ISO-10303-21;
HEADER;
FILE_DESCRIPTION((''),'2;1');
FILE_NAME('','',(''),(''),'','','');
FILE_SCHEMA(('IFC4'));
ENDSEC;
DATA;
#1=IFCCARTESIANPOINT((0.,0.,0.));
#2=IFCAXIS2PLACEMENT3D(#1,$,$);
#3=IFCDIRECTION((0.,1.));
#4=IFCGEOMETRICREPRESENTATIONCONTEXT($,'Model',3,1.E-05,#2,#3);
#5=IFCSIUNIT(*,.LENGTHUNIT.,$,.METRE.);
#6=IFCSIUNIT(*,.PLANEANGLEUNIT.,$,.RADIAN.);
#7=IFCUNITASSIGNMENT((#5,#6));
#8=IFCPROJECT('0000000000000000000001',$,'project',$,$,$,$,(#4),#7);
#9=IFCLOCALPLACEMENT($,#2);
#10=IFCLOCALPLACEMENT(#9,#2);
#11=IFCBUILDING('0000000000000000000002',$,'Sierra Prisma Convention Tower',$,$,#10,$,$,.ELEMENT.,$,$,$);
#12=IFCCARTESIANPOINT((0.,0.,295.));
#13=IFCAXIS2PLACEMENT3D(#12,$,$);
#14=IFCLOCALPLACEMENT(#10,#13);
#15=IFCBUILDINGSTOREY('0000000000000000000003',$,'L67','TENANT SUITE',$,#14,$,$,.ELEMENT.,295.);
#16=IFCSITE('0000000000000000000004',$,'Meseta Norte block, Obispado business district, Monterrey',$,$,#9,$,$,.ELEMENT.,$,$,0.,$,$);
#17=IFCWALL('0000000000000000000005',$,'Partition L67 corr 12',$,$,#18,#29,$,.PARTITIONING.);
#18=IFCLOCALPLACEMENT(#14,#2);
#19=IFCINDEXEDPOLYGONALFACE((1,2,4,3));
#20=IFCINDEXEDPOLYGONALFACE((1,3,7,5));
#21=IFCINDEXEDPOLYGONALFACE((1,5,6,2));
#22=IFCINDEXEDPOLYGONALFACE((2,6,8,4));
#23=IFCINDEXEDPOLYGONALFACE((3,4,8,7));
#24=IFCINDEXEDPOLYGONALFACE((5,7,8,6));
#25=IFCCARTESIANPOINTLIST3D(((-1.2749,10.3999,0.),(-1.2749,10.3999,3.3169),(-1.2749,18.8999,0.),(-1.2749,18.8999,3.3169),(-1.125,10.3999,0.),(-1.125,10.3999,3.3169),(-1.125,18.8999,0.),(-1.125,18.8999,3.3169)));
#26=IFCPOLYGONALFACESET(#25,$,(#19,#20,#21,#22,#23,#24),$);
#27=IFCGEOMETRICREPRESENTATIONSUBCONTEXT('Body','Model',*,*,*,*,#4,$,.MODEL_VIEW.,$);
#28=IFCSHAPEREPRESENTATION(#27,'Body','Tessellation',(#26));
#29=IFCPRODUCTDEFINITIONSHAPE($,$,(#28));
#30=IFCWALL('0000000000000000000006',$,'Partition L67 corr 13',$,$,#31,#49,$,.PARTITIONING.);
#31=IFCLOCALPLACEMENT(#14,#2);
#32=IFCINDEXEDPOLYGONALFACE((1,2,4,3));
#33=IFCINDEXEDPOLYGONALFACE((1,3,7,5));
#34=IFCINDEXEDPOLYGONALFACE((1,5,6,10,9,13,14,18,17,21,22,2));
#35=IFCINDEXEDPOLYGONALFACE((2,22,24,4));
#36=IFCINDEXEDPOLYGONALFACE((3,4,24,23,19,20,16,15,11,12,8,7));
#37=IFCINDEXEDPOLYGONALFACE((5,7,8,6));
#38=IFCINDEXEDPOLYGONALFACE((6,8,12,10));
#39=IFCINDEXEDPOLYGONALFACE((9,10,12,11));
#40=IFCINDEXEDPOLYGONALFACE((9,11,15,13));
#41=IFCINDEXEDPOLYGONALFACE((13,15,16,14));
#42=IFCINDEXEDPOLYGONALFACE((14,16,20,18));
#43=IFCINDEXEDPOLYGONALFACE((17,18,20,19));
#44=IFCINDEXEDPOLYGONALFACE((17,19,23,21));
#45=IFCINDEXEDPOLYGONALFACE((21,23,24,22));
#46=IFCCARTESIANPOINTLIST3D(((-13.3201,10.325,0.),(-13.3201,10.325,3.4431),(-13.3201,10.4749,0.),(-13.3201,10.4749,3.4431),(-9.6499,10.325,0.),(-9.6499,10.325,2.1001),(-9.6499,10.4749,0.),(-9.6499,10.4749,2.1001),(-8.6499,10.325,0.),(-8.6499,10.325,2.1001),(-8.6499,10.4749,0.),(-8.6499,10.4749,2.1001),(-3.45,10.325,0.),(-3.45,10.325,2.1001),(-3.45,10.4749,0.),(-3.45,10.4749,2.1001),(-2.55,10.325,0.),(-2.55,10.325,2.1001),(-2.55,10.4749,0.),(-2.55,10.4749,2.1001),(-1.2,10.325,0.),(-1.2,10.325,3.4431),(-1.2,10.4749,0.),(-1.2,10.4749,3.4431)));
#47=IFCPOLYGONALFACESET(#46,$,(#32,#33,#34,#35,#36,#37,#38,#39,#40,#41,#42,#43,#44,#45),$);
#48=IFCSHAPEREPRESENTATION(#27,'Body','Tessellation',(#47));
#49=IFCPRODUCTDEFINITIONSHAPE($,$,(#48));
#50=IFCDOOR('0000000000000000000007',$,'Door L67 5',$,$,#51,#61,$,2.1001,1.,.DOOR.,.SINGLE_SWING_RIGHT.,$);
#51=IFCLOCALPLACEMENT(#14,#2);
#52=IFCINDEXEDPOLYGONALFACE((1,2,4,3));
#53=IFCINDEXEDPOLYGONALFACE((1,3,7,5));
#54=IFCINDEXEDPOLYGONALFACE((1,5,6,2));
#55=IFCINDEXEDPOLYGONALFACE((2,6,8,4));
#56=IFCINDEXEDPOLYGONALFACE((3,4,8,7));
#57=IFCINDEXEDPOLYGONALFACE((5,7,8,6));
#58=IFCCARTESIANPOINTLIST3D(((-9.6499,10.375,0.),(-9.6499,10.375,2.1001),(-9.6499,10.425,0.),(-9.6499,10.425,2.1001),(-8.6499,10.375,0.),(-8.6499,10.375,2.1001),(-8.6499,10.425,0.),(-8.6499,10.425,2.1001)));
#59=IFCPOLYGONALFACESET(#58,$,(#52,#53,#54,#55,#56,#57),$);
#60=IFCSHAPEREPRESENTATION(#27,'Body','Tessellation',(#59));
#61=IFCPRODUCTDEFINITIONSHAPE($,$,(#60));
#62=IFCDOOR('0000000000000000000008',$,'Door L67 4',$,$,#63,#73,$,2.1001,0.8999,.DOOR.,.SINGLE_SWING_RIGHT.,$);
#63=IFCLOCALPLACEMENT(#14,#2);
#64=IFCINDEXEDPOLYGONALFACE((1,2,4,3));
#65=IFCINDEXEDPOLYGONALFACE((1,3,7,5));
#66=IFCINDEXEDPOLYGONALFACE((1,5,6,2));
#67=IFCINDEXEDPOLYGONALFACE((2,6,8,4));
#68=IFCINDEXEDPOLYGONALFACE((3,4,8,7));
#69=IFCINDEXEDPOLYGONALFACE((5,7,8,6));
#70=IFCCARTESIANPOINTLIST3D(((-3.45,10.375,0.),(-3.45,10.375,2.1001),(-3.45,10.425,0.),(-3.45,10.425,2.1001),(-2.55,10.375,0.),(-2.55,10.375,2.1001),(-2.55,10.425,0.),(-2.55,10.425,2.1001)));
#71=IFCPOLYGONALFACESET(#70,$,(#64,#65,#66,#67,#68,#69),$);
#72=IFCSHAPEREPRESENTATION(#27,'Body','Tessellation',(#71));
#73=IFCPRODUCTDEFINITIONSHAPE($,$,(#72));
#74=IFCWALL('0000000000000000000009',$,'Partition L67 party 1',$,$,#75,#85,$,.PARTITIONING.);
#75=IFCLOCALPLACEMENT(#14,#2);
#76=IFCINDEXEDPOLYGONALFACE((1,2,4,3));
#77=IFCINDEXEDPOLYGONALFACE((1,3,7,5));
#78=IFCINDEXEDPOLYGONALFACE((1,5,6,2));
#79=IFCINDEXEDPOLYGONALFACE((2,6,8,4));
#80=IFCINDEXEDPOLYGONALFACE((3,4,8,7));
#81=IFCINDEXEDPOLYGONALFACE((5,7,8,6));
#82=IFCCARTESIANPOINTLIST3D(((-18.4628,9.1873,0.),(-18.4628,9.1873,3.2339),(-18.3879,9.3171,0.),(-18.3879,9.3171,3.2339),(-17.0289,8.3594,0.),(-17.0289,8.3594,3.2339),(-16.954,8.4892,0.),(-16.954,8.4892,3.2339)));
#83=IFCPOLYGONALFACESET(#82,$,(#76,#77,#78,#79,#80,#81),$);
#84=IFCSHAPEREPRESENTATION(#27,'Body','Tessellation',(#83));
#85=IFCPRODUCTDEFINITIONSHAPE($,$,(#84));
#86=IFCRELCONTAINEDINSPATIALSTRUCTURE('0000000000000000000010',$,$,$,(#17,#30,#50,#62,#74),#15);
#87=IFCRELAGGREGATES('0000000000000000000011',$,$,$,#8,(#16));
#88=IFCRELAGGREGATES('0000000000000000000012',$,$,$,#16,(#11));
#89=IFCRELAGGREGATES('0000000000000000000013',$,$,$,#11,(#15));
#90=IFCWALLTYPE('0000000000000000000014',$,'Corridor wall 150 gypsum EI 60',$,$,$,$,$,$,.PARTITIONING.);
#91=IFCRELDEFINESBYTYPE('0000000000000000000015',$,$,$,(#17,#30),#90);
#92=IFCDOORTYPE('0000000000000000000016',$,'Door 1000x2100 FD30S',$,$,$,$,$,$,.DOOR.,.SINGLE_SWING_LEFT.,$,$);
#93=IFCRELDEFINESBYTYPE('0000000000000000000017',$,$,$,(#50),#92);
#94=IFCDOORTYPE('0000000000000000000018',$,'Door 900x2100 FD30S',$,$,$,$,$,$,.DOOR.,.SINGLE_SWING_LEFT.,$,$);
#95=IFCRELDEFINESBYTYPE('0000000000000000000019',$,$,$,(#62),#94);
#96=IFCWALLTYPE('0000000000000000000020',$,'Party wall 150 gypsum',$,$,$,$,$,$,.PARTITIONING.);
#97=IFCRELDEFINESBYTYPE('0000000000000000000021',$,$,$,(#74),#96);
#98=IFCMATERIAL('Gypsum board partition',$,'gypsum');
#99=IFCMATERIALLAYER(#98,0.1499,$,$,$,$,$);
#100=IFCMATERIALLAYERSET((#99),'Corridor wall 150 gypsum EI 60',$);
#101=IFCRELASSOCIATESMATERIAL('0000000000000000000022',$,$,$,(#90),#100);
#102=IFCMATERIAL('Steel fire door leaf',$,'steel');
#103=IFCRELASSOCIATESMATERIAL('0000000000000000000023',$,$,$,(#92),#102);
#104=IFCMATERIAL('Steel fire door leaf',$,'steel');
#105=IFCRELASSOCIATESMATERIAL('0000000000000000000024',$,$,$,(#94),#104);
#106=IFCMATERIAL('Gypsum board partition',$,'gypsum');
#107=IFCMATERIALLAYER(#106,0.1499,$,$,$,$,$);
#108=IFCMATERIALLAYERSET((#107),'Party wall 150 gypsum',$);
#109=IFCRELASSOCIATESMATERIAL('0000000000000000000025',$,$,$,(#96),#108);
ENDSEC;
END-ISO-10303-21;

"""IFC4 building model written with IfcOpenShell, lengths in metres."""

from ifc_helpers import new_model, si_unit, direction, frame, frame_2d, origin, place, context, subcontext, project, spatial, rectangle, extrude, material, layer, layer_set, type_object, element, fill, save


model = new_model("IFC4")

# Units and contexts
model_context = context("Model", 3, precision=1e-05, world=origin(), true_north=direction((0.0, 1.0)))
body_context = subcontext(model_context, "Body", "Model", "MODEL_VIEW")
ifc_project = project(units=[si_unit("LENGTHUNIT", "METRE"), si_unit("PLANEANGLEUNIT", "RADIAN")], contexts=[model_context])

# Site, building, storey
site_placement = place(None, origin())
site = spatial("IfcSite", under=ifc_project, at=site_placement, Name="Meseta Norte block, Obispado business district, Monterrey", CompositionType="ELEMENT", RefElevation=0.0)
building_placement = place(site_placement, origin())
building = spatial("IfcBuilding", under=site, at=building_placement, Name="Sierra Prisma Convention Tower", CompositionType="ELEMENT")
storey_placement = place(building_placement, frame((0.0, 0.0, 295.0)))
storey = spatial("IfcBuildingStorey", under=building, at=storey_placement, Name="L67", Description="TENANT SUITE", CompositionType="ELEMENT", Elevation=295.0)

# Wall
ifc_material_1 = material(Name="Gypsum board partition", Category="gypsum")
ifc_layer_1 = layer(ifc_material_1, 0.1499)
ifc_layer_set_1 = layer_set([ifc_layer_1], Name="Corridor wall 150 gypsum EI 60")
wall_type_1 = type_object("IfcWallType", Name="Corridor wall 150 gypsum EI 60", PredefinedType="PARTITIONING", material=ifc_layer_set_1)
wall_1_placement = place(storey_placement, frame((-1.2, 18.8999, 0.0), z_axis=(0.0, 0.0, 1.0), x_axis=(0.0, -1.0, 0.0)))
element("IfcWall", 1, at=wall_1_placement, inside=storey, type_object=wall_type_1, Name="Partition L67 corr 12", PredefinedType="PARTITIONING", context=body_context, shape_type="SweptSolid", body=[
    extrude(rectangle(XDim=8.5, YDim=0.1499, at=frame_2d((4.25, 0.0))), origin(), (0.0, 0.0, 1.0), 3.3169),
])

# Wall, openings, doors
wall_2_placement = place(storey_placement, frame((-1.2, 10.3999, 0.0), z_axis=(0.0, 0.0, 1.0), x_axis=(-1.0, 0.0, 0.0)))
wall_2 = element("IfcWall", 2, at=wall_2_placement, inside=storey, type_object=wall_type_1, Name="Partition L67 corr 13", PredefinedType="PARTITIONING", context=body_context, shape_type="SweptSolid", body=[
    extrude(rectangle(XDim=12.1201, YDim=0.1499, at=frame_2d((6.0601, 0.0))), origin(), (0.0, 0.0, 1.0), 3.4431),
])
opening_1_placement = place(wall_2_placement, frame((1.3501, 0.0, 0.0)))
opening_1 = element("IfcOpeningElement", 3, at=opening_1_placement, cuts=wall_2, PredefinedType="OPENING", context=body_context, shape_type="SweptSolid", body=[
    extrude(rectangle(XDim=0.8999, YDim=2.1001, at=frame_2d((0.45, 1.05))), frame((0.0, 0.075, 0.0), z_axis=(0.0, -1.0, 0.0), x_axis=(1.0, 0.0, 0.0)), (0.0, 0.0, 1.0), 0.1499),
])
opening_2_placement = place(wall_2_placement, frame((7.45, 0.0, 0.0)))
opening_2 = element("IfcOpeningElement", 4, at=opening_2_placement, cuts=wall_2, PredefinedType="OPENING", context=body_context, shape_type="SweptSolid", body=[
    extrude(rectangle(XDim=1.0, YDim=2.1001, at=frame_2d((0.5, 1.05))), frame((0.0, 0.075, 0.0), z_axis=(0.0, -1.0, 0.0), x_axis=(1.0, 0.0, 0.0)), (0.0, 0.0, 1.0), 0.1499),
])
ifc_material_2 = material(Name="Steel fire door leaf", Category="steel")
door_type_1 = type_object("IfcDoorType", Name="Door 1000x2100 FD30S", OperationType="SINGLE_SWING_LEFT", PredefinedType="DOOR", material=ifc_material_2)
door_1_placement = place(opening_2_placement, origin())
door_1 = element("IfcDoor", 5, at=door_1_placement, inside=storey, type_object=door_type_1, Name="Door L67 5", OperationType="SINGLE_SWING_RIGHT", OverallHeight=2.1001, OverallWidth=1.0, PredefinedType="DOOR", context=body_context, shape_type="SweptSolid", body=[
    extrude(rectangle(XDim=1.0, YDim=2.1001, at=frame_2d((0.5, 1.05))), frame((0.0, 0.0249, 0.0), z_axis=(0.0, -1.0, 0.0), x_axis=(1.0, 0.0, 0.0)), (0.0, 0.0, 1.0), 0.05),
])
fill(opening_2, door_1)
ifc_material_3 = material(Name="Steel fire door leaf", Category="steel")
door_type_2 = type_object("IfcDoorType", Name="Door 900x2100 FD30S", OperationType="SINGLE_SWING_LEFT", PredefinedType="DOOR", material=ifc_material_3)
door_2_placement = place(opening_1_placement, origin())
door_2 = element("IfcDoor", 6, at=door_2_placement, inside=storey, type_object=door_type_2, Name="Door L67 4", OperationType="SINGLE_SWING_RIGHT", OverallHeight=2.1001, OverallWidth=0.8999, PredefinedType="DOOR", context=body_context, shape_type="SweptSolid", body=[
    extrude(rectangle(XDim=0.8999, YDim=2.1001, at=frame_2d((0.45, 1.05))), frame((0.0, 0.0249, 0.0), z_axis=(0.0, -1.0, 0.0), x_axis=(1.0, 0.0, 0.0)), (0.0, 0.0, 1.0), 0.05),
])
fill(opening_1, door_2)

# Wall
ifc_material_4 = material(Name="Gypsum board partition", Category="gypsum")
ifc_layer_2 = layer(ifc_material_4, 0.1499)
ifc_layer_set_2 = layer_set([ifc_layer_2], Name="Party wall 150 gypsum")
wall_type_2 = type_object("IfcWallType", Name="Party wall 150 gypsum", PredefinedType="PARTITIONING", material=ifc_layer_set_2)
wall_3_placement = place(storey_placement, frame((-16.9915, 8.4243, 0.0), z_axis=(0.0, 0.0, 1.0), x_axis=(-0.866011, 0.500025, 0.0)))
element("IfcWall", 7, at=wall_3_placement, inside=storey, type_object=wall_type_2, Name="Partition L67 party 1", PredefinedType="PARTITIONING", context=body_context, shape_type="SweptSolid", body=[
    extrude(rectangle(XDim=1.6558, YDim=0.1499, at=frame_2d((0.8279, 0.0))), origin(), (0.0, 0.0, 1.0), 3.2339),
])

save(model, "model.ifc")
